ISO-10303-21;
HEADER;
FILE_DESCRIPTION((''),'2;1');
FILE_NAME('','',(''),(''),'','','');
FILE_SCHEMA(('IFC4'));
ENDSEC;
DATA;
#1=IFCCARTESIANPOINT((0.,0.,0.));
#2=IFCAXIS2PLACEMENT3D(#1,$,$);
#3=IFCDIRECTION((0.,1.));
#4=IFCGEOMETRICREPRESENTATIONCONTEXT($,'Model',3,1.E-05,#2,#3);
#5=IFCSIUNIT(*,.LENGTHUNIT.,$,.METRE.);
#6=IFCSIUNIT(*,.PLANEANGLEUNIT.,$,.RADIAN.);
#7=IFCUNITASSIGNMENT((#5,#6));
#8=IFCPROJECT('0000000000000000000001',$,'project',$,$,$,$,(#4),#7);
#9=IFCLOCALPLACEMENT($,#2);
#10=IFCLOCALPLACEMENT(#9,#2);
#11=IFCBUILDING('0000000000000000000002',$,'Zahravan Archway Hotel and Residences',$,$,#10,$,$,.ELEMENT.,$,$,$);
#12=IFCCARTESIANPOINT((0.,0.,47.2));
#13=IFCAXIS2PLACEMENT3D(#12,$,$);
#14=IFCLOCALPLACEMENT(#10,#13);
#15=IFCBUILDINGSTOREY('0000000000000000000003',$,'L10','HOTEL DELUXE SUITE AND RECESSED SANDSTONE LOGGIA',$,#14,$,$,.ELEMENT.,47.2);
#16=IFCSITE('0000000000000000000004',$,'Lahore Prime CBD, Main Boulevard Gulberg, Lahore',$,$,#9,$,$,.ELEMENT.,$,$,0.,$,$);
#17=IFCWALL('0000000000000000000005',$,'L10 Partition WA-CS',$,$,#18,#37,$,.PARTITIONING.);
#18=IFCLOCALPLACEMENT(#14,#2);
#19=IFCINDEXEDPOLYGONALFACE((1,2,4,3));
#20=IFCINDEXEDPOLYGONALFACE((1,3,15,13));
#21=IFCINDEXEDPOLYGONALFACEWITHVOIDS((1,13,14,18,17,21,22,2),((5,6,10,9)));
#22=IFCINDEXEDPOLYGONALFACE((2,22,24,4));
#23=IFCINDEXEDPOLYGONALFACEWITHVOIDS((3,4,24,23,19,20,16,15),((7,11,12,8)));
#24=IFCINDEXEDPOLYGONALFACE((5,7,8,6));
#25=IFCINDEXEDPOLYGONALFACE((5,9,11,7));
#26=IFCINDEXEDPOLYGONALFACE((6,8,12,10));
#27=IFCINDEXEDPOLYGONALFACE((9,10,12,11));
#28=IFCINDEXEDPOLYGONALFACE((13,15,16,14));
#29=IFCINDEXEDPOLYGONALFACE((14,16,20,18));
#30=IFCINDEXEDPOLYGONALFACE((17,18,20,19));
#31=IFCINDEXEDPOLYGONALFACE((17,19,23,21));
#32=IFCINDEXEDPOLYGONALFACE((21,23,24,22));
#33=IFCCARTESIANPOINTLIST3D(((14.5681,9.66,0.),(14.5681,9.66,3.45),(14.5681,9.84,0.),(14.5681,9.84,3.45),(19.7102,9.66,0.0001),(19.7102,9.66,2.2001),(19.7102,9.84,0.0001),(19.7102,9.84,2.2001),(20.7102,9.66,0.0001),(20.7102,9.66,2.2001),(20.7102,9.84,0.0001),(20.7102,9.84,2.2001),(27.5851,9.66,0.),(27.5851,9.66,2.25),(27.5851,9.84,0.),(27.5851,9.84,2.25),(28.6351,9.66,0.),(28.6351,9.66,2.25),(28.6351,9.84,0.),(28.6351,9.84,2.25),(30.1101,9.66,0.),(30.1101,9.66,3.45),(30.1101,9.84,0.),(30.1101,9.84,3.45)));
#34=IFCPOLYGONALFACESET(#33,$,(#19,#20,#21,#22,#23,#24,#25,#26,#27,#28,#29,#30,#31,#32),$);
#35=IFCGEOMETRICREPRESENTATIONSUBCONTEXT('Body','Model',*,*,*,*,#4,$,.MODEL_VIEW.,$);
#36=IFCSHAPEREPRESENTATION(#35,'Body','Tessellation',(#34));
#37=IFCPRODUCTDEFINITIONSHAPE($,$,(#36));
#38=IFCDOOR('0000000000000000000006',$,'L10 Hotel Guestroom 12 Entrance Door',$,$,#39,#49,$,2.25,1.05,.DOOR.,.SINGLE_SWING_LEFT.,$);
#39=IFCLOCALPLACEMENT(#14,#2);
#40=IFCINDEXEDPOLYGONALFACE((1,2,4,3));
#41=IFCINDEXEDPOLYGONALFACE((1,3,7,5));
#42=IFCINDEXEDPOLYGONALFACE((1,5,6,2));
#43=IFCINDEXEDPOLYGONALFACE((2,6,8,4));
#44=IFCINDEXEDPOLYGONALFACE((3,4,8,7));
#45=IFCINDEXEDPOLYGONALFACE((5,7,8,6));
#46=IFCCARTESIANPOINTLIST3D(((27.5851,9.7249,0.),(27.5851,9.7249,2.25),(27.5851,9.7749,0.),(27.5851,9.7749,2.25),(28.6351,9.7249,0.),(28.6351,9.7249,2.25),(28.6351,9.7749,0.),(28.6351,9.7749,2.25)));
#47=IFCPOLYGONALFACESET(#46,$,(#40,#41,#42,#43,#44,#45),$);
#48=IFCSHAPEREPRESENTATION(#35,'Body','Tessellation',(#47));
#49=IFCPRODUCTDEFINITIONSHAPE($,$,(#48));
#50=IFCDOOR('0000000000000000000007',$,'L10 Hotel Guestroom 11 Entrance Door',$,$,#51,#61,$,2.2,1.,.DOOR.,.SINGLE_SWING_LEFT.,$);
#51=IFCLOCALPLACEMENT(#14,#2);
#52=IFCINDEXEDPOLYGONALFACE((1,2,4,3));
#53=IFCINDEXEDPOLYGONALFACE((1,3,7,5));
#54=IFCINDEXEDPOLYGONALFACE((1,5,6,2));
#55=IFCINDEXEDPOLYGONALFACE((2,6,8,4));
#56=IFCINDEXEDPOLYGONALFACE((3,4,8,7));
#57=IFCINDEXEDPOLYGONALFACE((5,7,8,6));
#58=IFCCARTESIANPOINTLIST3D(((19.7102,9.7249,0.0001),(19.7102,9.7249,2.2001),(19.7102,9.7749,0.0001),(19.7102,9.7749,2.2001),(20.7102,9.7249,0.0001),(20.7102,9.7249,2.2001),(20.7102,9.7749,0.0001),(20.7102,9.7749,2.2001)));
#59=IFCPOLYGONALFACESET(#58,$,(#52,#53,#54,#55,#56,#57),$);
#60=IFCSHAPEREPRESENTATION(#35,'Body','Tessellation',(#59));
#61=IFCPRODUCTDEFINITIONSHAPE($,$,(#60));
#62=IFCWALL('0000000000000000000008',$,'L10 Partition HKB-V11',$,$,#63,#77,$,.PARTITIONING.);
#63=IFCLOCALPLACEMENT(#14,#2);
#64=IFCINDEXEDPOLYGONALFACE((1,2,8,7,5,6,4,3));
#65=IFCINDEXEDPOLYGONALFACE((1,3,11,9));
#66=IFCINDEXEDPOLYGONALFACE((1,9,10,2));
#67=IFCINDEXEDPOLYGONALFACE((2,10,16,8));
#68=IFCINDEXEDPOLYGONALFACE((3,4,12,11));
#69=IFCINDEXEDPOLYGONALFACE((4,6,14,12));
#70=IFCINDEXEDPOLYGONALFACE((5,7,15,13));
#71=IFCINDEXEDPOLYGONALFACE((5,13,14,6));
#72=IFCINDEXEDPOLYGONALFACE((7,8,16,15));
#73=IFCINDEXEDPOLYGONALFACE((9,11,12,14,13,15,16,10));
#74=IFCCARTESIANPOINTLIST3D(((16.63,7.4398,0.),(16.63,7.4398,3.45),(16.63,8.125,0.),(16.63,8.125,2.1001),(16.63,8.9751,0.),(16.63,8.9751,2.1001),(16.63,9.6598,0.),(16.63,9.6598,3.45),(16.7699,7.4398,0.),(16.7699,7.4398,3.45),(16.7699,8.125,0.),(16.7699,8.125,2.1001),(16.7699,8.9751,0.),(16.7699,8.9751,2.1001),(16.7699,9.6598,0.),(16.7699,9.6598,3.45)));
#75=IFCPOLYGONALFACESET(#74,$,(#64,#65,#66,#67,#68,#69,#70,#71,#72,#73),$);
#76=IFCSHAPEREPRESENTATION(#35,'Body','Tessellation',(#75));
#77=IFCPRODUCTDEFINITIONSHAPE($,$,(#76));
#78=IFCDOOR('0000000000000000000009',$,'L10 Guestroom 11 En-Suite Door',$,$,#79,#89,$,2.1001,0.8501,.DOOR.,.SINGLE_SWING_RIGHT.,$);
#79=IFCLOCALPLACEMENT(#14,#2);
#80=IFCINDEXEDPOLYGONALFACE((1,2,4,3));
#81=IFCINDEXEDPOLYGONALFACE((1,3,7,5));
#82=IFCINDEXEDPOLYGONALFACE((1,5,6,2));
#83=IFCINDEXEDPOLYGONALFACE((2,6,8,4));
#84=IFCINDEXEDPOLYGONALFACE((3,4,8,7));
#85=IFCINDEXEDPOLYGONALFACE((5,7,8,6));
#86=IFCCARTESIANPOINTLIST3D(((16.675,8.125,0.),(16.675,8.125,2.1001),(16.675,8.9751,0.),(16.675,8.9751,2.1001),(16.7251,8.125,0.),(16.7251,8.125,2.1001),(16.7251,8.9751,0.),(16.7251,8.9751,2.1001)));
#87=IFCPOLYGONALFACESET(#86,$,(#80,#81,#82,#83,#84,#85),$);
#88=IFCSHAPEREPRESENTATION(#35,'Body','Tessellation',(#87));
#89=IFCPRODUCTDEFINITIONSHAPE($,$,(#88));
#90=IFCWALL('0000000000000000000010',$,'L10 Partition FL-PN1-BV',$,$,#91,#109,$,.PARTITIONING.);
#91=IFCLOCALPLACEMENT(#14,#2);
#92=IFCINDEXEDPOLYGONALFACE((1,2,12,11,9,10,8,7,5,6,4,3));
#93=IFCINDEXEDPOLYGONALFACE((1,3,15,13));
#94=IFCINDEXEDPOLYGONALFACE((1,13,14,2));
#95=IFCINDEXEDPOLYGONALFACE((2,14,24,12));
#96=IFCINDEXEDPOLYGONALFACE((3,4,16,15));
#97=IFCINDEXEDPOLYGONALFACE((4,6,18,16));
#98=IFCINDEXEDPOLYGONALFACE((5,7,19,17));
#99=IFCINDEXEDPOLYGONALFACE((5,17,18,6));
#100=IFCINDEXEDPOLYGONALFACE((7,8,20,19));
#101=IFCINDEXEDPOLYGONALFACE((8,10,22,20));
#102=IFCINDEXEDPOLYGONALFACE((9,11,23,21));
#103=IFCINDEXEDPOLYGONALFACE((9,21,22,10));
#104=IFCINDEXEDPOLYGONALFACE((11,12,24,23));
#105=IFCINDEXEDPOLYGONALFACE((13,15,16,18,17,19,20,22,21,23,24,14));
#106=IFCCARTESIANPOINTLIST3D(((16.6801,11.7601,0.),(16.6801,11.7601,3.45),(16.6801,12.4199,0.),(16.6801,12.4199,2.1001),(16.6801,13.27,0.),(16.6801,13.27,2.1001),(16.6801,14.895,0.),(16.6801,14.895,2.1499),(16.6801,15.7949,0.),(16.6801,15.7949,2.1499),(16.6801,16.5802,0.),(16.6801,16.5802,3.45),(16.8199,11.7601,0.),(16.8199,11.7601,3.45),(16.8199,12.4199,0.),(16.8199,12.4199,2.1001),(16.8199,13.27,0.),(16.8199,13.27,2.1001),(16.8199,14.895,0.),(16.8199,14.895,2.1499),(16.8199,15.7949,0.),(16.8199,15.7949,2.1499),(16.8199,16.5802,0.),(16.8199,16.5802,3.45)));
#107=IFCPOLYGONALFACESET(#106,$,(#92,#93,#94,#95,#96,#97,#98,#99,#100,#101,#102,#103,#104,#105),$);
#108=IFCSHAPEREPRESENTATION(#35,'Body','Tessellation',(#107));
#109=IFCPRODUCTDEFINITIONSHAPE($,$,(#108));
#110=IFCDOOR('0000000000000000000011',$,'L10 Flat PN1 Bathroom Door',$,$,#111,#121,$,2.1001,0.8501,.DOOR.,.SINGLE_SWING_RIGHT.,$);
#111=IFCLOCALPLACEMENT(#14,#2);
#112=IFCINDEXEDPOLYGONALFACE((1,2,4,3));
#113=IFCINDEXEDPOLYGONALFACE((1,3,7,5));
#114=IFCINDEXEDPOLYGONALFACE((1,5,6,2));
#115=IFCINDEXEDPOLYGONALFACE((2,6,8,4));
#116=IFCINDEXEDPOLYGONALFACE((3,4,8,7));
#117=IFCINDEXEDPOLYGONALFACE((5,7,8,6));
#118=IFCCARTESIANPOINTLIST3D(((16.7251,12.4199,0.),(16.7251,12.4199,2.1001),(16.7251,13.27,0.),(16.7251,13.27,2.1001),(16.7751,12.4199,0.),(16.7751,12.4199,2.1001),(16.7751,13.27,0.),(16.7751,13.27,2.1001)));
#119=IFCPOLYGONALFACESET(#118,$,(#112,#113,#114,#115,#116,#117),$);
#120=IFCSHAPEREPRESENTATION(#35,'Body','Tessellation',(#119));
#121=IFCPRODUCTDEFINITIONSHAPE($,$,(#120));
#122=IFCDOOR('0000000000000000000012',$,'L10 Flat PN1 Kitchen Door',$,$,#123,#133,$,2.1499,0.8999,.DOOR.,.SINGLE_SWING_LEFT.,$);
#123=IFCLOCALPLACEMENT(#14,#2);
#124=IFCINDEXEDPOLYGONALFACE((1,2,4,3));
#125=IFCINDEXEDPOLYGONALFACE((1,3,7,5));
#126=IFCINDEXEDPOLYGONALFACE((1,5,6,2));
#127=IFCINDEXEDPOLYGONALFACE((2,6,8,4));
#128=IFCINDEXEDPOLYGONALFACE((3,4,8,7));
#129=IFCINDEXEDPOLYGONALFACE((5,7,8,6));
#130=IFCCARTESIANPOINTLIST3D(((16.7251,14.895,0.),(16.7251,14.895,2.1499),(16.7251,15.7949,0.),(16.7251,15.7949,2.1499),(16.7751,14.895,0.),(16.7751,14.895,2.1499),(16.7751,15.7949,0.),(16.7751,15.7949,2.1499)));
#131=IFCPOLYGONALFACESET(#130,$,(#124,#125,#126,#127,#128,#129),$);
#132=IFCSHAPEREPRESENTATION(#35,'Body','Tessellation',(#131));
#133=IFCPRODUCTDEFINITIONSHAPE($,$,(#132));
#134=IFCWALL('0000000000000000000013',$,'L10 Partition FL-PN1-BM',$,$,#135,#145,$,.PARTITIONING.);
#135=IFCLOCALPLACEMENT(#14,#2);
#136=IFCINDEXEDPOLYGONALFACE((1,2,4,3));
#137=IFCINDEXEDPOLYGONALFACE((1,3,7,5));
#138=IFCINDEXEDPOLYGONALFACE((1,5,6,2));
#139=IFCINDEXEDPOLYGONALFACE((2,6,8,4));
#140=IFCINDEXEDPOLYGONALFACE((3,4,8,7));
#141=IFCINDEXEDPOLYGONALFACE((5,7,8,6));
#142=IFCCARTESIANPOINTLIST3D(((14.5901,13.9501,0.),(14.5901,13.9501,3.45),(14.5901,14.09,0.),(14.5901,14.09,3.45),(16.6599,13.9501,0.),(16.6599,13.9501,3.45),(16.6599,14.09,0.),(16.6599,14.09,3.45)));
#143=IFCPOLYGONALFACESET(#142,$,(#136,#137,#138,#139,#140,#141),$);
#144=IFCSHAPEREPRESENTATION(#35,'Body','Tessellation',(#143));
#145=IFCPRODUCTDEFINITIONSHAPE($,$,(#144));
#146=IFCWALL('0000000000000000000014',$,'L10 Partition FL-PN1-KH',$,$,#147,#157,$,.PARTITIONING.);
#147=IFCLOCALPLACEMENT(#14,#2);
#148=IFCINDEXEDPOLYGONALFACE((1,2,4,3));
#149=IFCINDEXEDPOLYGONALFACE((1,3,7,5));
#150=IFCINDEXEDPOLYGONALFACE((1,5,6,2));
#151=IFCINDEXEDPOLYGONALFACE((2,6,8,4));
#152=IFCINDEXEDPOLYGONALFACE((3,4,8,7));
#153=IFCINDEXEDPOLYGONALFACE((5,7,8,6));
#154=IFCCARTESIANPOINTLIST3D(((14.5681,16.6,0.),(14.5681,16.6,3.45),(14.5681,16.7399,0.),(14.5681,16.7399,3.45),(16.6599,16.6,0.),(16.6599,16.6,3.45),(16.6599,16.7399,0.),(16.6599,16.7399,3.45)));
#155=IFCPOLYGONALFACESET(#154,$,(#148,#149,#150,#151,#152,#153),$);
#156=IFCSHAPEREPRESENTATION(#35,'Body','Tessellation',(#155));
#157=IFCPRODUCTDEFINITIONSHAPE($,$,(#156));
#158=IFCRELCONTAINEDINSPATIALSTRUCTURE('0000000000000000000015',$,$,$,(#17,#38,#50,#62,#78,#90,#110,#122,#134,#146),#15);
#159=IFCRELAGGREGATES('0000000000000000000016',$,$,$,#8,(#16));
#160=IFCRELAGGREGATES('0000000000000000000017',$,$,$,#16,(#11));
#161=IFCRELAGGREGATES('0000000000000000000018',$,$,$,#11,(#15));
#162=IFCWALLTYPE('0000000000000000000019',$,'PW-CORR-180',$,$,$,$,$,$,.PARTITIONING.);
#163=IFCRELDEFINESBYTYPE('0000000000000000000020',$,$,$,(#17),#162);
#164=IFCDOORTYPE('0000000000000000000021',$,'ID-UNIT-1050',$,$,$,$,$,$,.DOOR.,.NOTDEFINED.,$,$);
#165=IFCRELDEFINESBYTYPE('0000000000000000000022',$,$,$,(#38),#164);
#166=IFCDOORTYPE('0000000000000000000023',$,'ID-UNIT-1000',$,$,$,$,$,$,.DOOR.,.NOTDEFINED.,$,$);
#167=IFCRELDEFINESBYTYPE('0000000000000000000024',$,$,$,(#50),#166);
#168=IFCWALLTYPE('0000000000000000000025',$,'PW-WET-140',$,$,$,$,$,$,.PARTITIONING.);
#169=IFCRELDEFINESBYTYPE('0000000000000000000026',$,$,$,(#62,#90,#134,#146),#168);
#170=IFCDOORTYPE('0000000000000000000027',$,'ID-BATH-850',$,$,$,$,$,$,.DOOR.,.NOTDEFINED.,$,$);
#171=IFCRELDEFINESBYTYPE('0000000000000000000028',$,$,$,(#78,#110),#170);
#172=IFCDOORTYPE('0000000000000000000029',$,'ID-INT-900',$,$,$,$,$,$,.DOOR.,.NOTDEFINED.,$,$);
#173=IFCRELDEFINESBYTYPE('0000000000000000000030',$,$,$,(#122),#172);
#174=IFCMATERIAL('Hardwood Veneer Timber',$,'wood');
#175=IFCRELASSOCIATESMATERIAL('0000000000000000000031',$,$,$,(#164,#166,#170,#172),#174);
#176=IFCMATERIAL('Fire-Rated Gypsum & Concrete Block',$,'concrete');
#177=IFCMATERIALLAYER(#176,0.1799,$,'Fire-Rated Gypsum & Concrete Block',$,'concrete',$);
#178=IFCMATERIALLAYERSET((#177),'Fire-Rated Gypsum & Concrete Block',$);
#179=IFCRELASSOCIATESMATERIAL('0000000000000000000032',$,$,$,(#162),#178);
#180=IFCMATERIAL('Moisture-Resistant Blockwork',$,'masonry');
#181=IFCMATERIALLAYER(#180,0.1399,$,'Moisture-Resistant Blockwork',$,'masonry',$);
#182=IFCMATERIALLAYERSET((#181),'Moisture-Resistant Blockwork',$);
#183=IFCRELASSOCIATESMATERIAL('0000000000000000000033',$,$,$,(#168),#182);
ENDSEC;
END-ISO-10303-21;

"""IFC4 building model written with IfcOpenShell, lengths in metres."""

from ifc_helpers import new_model, si_unit, direction, frame, frame_2d, origin, place, context, subcontext, project, spatial, rectangle, extrude, source, transform, mapped, material, layer, layer_set, type_object, type_shapes, element, fill, save


model = new_model("IFC4")

# Units and contexts
model_context = context("Model", 3, precision=1e-05, world=origin(), true_north=direction((0.0, 1.0)))
body_context = subcontext(model_context, "Body", "Model", "MODEL_VIEW")
ifc_project = project(units=[si_unit("LENGTHUNIT", "METRE"), si_unit("PLANEANGLEUNIT", "RADIAN")], contexts=[model_context])

# Site, building, storey
site_placement = place(None, origin())
site = spatial("IfcSite", under=ifc_project, at=site_placement, Name="Lahore Prime CBD, Main Boulevard Gulberg, Lahore", CompositionType="ELEMENT", RefElevation=0.0)
building_placement = place(site_placement, origin())
building = spatial("IfcBuilding", under=site, at=building_placement, Name="Zahravan Archway Hotel and Residences", CompositionType="ELEMENT")
storey_placement = place(building_placement, frame((0.0, 0.0, 47.2)))
storey = spatial("IfcBuildingStorey", under=building, at=storey_placement, Name="L10", Description="HOTEL DELUXE SUITE AND RECESSED SANDSTONE LOGGIA", CompositionType="ELEMENT", Elevation=47.2)

# Wall, openings, doors
ifc_material_1 = material(Name="Fire-Rated Gypsum & Concrete Block", Category="concrete")
ifc_material_2 = material(Name="Hardwood Veneer Timber", Category="wood")
door_type_1 = type_object("IfcDoorType", Name="ID-UNIT-1050", OperationType="NOTDEFINED", PredefinedType="DOOR", material=ifc_material_2)
shared_shape_1 = source(origin(), body_context, "Body", "SweptSolid", [
    extrude(rectangle(XDim=1.05, YDim=2.25, at=frame_2d((0.5249, 1.125))), frame((0.0, 0.0249, 0.0), z_axis=(0.0, -1.0, 0.0), x_axis=(1.0, 0.0, 0.0)), (0.0, 0.0, 1.0), 0.05),
])
type_shapes(door_type_1, [shared_shape_1])
ifc_layer_1 = layer(ifc_material_1, 0.1799, Name="Fire-Rated Gypsum & Concrete Block", Category="concrete")
ifc_layer_set_1 = layer_set([ifc_layer_1], Name="Fire-Rated Gypsum & Concrete Block")
wall_type_1 = type_object("IfcWallType", Name="PW-CORR-180", PredefinedType="PARTITIONING", material=ifc_layer_set_1)
wall_1_placement = place(storey_placement, frame((14.5681, 9.75, 0.0), z_axis=(0.0, 0.0, 1.0), x_axis=(1.0, 0.0, 0.0)))
wall_1 = element("IfcWall", 1, at=wall_1_placement, inside=storey, type_object=wall_type_1, Name="L10 Partition WA-CS", PredefinedType="PARTITIONING", context=body_context, shape_type="SweptSolid", body=[
    extrude(rectangle(XDim=15.542, YDim=0.1799, at=frame_2d((7.771, 0.0))), origin(), (0.0, 0.0, 1.0), 3.45),
])
opening_1_placement = place(wall_1_placement, frame((5.1421, 0.0, 0.0)))
opening_1 = element("IfcOpeningElement", 2, at=opening_1_placement, cuts=wall_1, PredefinedType="OPENING", context=body_context, shape_type="SweptSolid", body=[
    extrude(rectangle(XDim=1.0, YDim=2.2, at=frame_2d((0.5, 1.1001))), frame((0.0, 0.1001, 0.0), z_axis=(0.0, -1.0, 0.0), x_axis=(1.0, 0.0, 0.0)), (0.0, 0.0, 1.0), 0.2),
])
opening_2_placement = place(wall_1_placement, frame((13.0171, 0.0, 0.0)))
opening_2 = element("IfcOpeningElement", 3, at=opening_2_placement, cuts=wall_1, PredefinedType="OPENING", context=body_context, shape_type="SweptSolid", body=[
    extrude(rectangle(XDim=1.05, YDim=2.25, at=frame_2d((0.5249, 1.125))), frame((0.0, 0.1001, 0.0), z_axis=(0.0, -1.0, 0.0), x_axis=(1.0, 0.0, 0.0)), (0.0, 0.0, 1.0), 0.2),
])
door_1_placement = place(opening_2_placement, origin())
door_1 = element("IfcDoor", 4, at=door_1_placement, inside=storey, type_object=door_type_1, Name="L10 Hotel Guestroom 12 Entrance Door", OperationType="SINGLE_SWING_LEFT", OverallHeight=2.25, OverallWidth=1.05, PredefinedType="DOOR", context=body_context, shape_type="MappedRepresentation", body=[
    mapped(shared_shape_1, transform((0.0, 0.0, 0.0), scale=1.0)),
])
fill(opening_2, door_1)
door_type_2 = type_object("IfcDoorType", Name="ID-UNIT-1000", OperationType="NOTDEFINED", PredefinedType="DOOR", material=ifc_material_2)
shared_shape_2 = source(origin(), body_context, "Body", "SweptSolid", [
    extrude(rectangle(XDim=1.0, YDim=2.2, at=frame_2d((0.5, 1.1001))), frame((0.0, 0.0249, 0.0), z_axis=(0.0, -1.0, 0.0), x_axis=(1.0, 0.0, 0.0)), (0.0, 0.0, 1.0), 0.05),
])
type_shapes(door_type_2, [shared_shape_2])
door_2_placement = place(opening_1_placement, origin())
door_2 = element("IfcDoor", 5, at=door_2_placement, inside=storey, type_object=door_type_2, Name="L10 Hotel Guestroom 11 Entrance Door", OperationType="SINGLE_SWING_LEFT", OverallHeight=2.2, OverallWidth=1.0, PredefinedType="DOOR", context=body_context, shape_type="MappedRepresentation", body=[
    mapped(shared_shape_2, transform((0.0, 0.0, 0.0), scale=1.0)),
])
fill(opening_1, door_2)

# Wall, opening, door
ifc_material_3 = material(Name="Moisture-Resistant Blockwork", Category="masonry")
ifc_layer_2 = layer(ifc_material_3, 0.1399, Name="Moisture-Resistant Blockwork", Category="masonry")
ifc_layer_set_2 = layer_set([ifc_layer_2], Name="Moisture-Resistant Blockwork")
wall_type_2 = type_object("IfcWallType", Name="PW-WET-140", PredefinedType="PARTITIONING", material=ifc_layer_set_2)
wall_2_placement = place(storey_placement, frame((16.7, 7.4399, 0.0), z_axis=(0.0, 0.0, 1.0), x_axis=(0.0, 1.0, 0.0)))
wall_2 = element("IfcWall", 6, at=wall_2_placement, inside=storey, type_object=wall_type_2, Name="L10 Partition HKB-V11", PredefinedType="PARTITIONING", context=body_context, shape_type="SweptSolid", body=[
    extrude(rectangle(XDim=2.22, YDim=0.1399, at=frame_2d((1.1099, 0.0))), origin(), (0.0, 0.0, 1.0), 3.45),
])
opening_3_placement = place(wall_2_placement, frame((0.6851, 0.0, 0.0)))
opening_3 = element("IfcOpeningElement", 7, at=opening_3_placement, cuts=wall_2, PredefinedType="OPENING", context=body_context, shape_type="SweptSolid", body=[
    extrude(rectangle(XDim=0.8501, YDim=2.1001, at=frame_2d((0.425, 1.05))), frame((0.0, 0.0801, 0.0), z_axis=(0.0, -1.0, 0.0), x_axis=(1.0, 0.0, 0.0)), (0.0, 0.0, 1.0), 0.1599),
])
door_type_3 = type_object("IfcDoorType", Name="ID-BATH-850", OperationType="NOTDEFINED", PredefinedType="DOOR", material=ifc_material_2)
shared_shape_3 = source(origin(), body_context, "Body", "SweptSolid", [
    extrude(rectangle(XDim=0.8501, YDim=2.1001, at=frame_2d((0.425, 1.05))), frame((0.0, 0.0249, 0.0), z_axis=(0.0, -1.0, 0.0), x_axis=(1.0, 0.0, 0.0)), (0.0, 0.0, 1.0), 0.05),
])
type_shapes(door_type_3, [shared_shape_3])
door_3_placement = place(opening_3_placement, origin())
door_3 = element("IfcDoor", 8, at=door_3_placement, inside=storey, type_object=door_type_3, Name="L10 Guestroom 11 En-Suite Door", OperationType="SINGLE_SWING_RIGHT", OverallHeight=2.1001, OverallWidth=0.8501, PredefinedType="DOOR", context=body_context, shape_type="MappedRepresentation", body=[
    mapped(shared_shape_3, transform((0.0, 0.0, 0.0), scale=1.0)),
])
fill(opening_3, door_3)

# Wall, openings, doors
wall_3_placement = place(storey_placement, frame((16.75, 11.76, 0.0), z_axis=(0.0, 0.0, 1.0), x_axis=(0.0, 1.0, 0.0)))
wall_3 = element("IfcWall", 9, at=wall_3_placement, inside=storey, type_object=wall_type_2, Name="L10 Partition FL-PN1-BV", PredefinedType="PARTITIONING", context=body_context, shape_type="SweptSolid", body=[
    extrude(rectangle(XDim=4.8201, YDim=0.1399, at=frame_2d((2.4102, 0.0))), origin(), (0.0, 0.0, 1.0), 3.45),
])
opening_4_placement = place(wall_3_placement, frame((0.6599, 0.0, 0.0)))
opening_4 = element("IfcOpeningElement", 10, at=opening_4_placement, cuts=wall_3, PredefinedType="OPENING", context=body_context, shape_type="SweptSolid", body=[
    extrude(rectangle(XDim=0.8501, YDim=2.1001, at=frame_2d((0.425, 1.05))), frame((0.0, 0.0801, 0.0), z_axis=(0.0, -1.0, 0.0), x_axis=(1.0, 0.0, 0.0)), (0.0, 0.0, 1.0), 0.1599),
])
opening_5_placement = place(wall_3_placement, frame((3.135, 0.0, 0.0)))
opening_5 = element("IfcOpeningElement", 11, at=opening_5_placement, cuts=wall_3, PredefinedType="OPENING", context=body_context, shape_type="SweptSolid", body=[
    extrude(rectangle(XDim=0.8999, YDim=2.1499, at=frame_2d((0.45, 1.075))), frame((0.0, 0.0801, 0.0), z_axis=(0.0, -1.0, 0.0), x_axis=(1.0, 0.0, 0.0)), (0.0, 0.0, 1.0), 0.1599),
])
door_4_placement = place(opening_4_placement, origin())
door_4 = element("IfcDoor", 12, at=door_4_placement, inside=storey, type_object=door_type_3, Name="L10 Flat PN1 Bathroom Door", OperationType="SINGLE_SWING_RIGHT", OverallHeight=2.1001, OverallWidth=0.8501, PredefinedType="DOOR", context=body_context, shape_type="MappedRepresentation", body=[
    mapped(shared_shape_3, transform((0.0, 0.0, 0.0), scale=1.0)),
])
fill(opening_4, door_4)
door_type_4 = type_object("IfcDoorType", Name="ID-INT-900", OperationType="NOTDEFINED", PredefinedType="DOOR", material=ifc_material_2)
shared_shape_4 = source(origin(), body_context, "Body", "SweptSolid", [
    extrude(rectangle(XDim=0.8999, YDim=2.1499, at=frame_2d((0.45, 1.075))), frame((0.0, 0.0249, 0.0), z_axis=(0.0, -1.0, 0.0), x_axis=(1.0, 0.0, 0.0)), (0.0, 0.0, 1.0), 0.05),
])
type_shapes(door_type_4, [shared_shape_4])
door_5_placement = place(opening_5_placement, origin())
door_5 = element("IfcDoor", 13, at=door_5_placement, inside=storey, type_object=door_type_4, Name="L10 Flat PN1 Kitchen Door", OperationType="SINGLE_SWING_LEFT", OverallHeight=2.1499, OverallWidth=0.8999, PredefinedType="DOOR", context=body_context, shape_type="MappedRepresentation", body=[
    mapped(shared_shape_4, transform((0.0, 0.0, 0.0), scale=1.0)),
])
fill(opening_5, door_5)

# Walls
wall_4_placement = place(storey_placement, frame((14.5901, 14.02, 0.0), z_axis=(0.0, 0.0, 1.0), x_axis=(1.0, 0.0, 0.0)))
element("IfcWall", 14, at=wall_4_placement, inside=storey, type_object=wall_type_2, Name="L10 Partition FL-PN1-BM", PredefinedType="PARTITIONING", context=body_context, shape_type="SweptSolid", body=[
    extrude(rectangle(XDim=2.0698, YDim=0.1399, at=frame_2d((1.0349, 0.0))), origin(), (0.0, 0.0, 1.0), 3.45),
])
wall_5_placement = place(storey_placement, frame((14.5681, 16.6699, 0.0), z_axis=(0.0, 0.0, 1.0), x_axis=(1.0, 0.0, 0.0)))
element("IfcWall", 15, at=wall_5_placement, inside=storey, type_object=wall_type_2, Name="L10 Partition FL-PN1-KH", PredefinedType="PARTITIONING", context=body_context, shape_type="SweptSolid", body=[
    extrude(rectangle(XDim=2.0918, YDim=0.1399, at=frame_2d((1.0459, 0.0))), origin(), (0.0, 0.0, 1.0), 3.45),
])

save(model, "model.ifc")
